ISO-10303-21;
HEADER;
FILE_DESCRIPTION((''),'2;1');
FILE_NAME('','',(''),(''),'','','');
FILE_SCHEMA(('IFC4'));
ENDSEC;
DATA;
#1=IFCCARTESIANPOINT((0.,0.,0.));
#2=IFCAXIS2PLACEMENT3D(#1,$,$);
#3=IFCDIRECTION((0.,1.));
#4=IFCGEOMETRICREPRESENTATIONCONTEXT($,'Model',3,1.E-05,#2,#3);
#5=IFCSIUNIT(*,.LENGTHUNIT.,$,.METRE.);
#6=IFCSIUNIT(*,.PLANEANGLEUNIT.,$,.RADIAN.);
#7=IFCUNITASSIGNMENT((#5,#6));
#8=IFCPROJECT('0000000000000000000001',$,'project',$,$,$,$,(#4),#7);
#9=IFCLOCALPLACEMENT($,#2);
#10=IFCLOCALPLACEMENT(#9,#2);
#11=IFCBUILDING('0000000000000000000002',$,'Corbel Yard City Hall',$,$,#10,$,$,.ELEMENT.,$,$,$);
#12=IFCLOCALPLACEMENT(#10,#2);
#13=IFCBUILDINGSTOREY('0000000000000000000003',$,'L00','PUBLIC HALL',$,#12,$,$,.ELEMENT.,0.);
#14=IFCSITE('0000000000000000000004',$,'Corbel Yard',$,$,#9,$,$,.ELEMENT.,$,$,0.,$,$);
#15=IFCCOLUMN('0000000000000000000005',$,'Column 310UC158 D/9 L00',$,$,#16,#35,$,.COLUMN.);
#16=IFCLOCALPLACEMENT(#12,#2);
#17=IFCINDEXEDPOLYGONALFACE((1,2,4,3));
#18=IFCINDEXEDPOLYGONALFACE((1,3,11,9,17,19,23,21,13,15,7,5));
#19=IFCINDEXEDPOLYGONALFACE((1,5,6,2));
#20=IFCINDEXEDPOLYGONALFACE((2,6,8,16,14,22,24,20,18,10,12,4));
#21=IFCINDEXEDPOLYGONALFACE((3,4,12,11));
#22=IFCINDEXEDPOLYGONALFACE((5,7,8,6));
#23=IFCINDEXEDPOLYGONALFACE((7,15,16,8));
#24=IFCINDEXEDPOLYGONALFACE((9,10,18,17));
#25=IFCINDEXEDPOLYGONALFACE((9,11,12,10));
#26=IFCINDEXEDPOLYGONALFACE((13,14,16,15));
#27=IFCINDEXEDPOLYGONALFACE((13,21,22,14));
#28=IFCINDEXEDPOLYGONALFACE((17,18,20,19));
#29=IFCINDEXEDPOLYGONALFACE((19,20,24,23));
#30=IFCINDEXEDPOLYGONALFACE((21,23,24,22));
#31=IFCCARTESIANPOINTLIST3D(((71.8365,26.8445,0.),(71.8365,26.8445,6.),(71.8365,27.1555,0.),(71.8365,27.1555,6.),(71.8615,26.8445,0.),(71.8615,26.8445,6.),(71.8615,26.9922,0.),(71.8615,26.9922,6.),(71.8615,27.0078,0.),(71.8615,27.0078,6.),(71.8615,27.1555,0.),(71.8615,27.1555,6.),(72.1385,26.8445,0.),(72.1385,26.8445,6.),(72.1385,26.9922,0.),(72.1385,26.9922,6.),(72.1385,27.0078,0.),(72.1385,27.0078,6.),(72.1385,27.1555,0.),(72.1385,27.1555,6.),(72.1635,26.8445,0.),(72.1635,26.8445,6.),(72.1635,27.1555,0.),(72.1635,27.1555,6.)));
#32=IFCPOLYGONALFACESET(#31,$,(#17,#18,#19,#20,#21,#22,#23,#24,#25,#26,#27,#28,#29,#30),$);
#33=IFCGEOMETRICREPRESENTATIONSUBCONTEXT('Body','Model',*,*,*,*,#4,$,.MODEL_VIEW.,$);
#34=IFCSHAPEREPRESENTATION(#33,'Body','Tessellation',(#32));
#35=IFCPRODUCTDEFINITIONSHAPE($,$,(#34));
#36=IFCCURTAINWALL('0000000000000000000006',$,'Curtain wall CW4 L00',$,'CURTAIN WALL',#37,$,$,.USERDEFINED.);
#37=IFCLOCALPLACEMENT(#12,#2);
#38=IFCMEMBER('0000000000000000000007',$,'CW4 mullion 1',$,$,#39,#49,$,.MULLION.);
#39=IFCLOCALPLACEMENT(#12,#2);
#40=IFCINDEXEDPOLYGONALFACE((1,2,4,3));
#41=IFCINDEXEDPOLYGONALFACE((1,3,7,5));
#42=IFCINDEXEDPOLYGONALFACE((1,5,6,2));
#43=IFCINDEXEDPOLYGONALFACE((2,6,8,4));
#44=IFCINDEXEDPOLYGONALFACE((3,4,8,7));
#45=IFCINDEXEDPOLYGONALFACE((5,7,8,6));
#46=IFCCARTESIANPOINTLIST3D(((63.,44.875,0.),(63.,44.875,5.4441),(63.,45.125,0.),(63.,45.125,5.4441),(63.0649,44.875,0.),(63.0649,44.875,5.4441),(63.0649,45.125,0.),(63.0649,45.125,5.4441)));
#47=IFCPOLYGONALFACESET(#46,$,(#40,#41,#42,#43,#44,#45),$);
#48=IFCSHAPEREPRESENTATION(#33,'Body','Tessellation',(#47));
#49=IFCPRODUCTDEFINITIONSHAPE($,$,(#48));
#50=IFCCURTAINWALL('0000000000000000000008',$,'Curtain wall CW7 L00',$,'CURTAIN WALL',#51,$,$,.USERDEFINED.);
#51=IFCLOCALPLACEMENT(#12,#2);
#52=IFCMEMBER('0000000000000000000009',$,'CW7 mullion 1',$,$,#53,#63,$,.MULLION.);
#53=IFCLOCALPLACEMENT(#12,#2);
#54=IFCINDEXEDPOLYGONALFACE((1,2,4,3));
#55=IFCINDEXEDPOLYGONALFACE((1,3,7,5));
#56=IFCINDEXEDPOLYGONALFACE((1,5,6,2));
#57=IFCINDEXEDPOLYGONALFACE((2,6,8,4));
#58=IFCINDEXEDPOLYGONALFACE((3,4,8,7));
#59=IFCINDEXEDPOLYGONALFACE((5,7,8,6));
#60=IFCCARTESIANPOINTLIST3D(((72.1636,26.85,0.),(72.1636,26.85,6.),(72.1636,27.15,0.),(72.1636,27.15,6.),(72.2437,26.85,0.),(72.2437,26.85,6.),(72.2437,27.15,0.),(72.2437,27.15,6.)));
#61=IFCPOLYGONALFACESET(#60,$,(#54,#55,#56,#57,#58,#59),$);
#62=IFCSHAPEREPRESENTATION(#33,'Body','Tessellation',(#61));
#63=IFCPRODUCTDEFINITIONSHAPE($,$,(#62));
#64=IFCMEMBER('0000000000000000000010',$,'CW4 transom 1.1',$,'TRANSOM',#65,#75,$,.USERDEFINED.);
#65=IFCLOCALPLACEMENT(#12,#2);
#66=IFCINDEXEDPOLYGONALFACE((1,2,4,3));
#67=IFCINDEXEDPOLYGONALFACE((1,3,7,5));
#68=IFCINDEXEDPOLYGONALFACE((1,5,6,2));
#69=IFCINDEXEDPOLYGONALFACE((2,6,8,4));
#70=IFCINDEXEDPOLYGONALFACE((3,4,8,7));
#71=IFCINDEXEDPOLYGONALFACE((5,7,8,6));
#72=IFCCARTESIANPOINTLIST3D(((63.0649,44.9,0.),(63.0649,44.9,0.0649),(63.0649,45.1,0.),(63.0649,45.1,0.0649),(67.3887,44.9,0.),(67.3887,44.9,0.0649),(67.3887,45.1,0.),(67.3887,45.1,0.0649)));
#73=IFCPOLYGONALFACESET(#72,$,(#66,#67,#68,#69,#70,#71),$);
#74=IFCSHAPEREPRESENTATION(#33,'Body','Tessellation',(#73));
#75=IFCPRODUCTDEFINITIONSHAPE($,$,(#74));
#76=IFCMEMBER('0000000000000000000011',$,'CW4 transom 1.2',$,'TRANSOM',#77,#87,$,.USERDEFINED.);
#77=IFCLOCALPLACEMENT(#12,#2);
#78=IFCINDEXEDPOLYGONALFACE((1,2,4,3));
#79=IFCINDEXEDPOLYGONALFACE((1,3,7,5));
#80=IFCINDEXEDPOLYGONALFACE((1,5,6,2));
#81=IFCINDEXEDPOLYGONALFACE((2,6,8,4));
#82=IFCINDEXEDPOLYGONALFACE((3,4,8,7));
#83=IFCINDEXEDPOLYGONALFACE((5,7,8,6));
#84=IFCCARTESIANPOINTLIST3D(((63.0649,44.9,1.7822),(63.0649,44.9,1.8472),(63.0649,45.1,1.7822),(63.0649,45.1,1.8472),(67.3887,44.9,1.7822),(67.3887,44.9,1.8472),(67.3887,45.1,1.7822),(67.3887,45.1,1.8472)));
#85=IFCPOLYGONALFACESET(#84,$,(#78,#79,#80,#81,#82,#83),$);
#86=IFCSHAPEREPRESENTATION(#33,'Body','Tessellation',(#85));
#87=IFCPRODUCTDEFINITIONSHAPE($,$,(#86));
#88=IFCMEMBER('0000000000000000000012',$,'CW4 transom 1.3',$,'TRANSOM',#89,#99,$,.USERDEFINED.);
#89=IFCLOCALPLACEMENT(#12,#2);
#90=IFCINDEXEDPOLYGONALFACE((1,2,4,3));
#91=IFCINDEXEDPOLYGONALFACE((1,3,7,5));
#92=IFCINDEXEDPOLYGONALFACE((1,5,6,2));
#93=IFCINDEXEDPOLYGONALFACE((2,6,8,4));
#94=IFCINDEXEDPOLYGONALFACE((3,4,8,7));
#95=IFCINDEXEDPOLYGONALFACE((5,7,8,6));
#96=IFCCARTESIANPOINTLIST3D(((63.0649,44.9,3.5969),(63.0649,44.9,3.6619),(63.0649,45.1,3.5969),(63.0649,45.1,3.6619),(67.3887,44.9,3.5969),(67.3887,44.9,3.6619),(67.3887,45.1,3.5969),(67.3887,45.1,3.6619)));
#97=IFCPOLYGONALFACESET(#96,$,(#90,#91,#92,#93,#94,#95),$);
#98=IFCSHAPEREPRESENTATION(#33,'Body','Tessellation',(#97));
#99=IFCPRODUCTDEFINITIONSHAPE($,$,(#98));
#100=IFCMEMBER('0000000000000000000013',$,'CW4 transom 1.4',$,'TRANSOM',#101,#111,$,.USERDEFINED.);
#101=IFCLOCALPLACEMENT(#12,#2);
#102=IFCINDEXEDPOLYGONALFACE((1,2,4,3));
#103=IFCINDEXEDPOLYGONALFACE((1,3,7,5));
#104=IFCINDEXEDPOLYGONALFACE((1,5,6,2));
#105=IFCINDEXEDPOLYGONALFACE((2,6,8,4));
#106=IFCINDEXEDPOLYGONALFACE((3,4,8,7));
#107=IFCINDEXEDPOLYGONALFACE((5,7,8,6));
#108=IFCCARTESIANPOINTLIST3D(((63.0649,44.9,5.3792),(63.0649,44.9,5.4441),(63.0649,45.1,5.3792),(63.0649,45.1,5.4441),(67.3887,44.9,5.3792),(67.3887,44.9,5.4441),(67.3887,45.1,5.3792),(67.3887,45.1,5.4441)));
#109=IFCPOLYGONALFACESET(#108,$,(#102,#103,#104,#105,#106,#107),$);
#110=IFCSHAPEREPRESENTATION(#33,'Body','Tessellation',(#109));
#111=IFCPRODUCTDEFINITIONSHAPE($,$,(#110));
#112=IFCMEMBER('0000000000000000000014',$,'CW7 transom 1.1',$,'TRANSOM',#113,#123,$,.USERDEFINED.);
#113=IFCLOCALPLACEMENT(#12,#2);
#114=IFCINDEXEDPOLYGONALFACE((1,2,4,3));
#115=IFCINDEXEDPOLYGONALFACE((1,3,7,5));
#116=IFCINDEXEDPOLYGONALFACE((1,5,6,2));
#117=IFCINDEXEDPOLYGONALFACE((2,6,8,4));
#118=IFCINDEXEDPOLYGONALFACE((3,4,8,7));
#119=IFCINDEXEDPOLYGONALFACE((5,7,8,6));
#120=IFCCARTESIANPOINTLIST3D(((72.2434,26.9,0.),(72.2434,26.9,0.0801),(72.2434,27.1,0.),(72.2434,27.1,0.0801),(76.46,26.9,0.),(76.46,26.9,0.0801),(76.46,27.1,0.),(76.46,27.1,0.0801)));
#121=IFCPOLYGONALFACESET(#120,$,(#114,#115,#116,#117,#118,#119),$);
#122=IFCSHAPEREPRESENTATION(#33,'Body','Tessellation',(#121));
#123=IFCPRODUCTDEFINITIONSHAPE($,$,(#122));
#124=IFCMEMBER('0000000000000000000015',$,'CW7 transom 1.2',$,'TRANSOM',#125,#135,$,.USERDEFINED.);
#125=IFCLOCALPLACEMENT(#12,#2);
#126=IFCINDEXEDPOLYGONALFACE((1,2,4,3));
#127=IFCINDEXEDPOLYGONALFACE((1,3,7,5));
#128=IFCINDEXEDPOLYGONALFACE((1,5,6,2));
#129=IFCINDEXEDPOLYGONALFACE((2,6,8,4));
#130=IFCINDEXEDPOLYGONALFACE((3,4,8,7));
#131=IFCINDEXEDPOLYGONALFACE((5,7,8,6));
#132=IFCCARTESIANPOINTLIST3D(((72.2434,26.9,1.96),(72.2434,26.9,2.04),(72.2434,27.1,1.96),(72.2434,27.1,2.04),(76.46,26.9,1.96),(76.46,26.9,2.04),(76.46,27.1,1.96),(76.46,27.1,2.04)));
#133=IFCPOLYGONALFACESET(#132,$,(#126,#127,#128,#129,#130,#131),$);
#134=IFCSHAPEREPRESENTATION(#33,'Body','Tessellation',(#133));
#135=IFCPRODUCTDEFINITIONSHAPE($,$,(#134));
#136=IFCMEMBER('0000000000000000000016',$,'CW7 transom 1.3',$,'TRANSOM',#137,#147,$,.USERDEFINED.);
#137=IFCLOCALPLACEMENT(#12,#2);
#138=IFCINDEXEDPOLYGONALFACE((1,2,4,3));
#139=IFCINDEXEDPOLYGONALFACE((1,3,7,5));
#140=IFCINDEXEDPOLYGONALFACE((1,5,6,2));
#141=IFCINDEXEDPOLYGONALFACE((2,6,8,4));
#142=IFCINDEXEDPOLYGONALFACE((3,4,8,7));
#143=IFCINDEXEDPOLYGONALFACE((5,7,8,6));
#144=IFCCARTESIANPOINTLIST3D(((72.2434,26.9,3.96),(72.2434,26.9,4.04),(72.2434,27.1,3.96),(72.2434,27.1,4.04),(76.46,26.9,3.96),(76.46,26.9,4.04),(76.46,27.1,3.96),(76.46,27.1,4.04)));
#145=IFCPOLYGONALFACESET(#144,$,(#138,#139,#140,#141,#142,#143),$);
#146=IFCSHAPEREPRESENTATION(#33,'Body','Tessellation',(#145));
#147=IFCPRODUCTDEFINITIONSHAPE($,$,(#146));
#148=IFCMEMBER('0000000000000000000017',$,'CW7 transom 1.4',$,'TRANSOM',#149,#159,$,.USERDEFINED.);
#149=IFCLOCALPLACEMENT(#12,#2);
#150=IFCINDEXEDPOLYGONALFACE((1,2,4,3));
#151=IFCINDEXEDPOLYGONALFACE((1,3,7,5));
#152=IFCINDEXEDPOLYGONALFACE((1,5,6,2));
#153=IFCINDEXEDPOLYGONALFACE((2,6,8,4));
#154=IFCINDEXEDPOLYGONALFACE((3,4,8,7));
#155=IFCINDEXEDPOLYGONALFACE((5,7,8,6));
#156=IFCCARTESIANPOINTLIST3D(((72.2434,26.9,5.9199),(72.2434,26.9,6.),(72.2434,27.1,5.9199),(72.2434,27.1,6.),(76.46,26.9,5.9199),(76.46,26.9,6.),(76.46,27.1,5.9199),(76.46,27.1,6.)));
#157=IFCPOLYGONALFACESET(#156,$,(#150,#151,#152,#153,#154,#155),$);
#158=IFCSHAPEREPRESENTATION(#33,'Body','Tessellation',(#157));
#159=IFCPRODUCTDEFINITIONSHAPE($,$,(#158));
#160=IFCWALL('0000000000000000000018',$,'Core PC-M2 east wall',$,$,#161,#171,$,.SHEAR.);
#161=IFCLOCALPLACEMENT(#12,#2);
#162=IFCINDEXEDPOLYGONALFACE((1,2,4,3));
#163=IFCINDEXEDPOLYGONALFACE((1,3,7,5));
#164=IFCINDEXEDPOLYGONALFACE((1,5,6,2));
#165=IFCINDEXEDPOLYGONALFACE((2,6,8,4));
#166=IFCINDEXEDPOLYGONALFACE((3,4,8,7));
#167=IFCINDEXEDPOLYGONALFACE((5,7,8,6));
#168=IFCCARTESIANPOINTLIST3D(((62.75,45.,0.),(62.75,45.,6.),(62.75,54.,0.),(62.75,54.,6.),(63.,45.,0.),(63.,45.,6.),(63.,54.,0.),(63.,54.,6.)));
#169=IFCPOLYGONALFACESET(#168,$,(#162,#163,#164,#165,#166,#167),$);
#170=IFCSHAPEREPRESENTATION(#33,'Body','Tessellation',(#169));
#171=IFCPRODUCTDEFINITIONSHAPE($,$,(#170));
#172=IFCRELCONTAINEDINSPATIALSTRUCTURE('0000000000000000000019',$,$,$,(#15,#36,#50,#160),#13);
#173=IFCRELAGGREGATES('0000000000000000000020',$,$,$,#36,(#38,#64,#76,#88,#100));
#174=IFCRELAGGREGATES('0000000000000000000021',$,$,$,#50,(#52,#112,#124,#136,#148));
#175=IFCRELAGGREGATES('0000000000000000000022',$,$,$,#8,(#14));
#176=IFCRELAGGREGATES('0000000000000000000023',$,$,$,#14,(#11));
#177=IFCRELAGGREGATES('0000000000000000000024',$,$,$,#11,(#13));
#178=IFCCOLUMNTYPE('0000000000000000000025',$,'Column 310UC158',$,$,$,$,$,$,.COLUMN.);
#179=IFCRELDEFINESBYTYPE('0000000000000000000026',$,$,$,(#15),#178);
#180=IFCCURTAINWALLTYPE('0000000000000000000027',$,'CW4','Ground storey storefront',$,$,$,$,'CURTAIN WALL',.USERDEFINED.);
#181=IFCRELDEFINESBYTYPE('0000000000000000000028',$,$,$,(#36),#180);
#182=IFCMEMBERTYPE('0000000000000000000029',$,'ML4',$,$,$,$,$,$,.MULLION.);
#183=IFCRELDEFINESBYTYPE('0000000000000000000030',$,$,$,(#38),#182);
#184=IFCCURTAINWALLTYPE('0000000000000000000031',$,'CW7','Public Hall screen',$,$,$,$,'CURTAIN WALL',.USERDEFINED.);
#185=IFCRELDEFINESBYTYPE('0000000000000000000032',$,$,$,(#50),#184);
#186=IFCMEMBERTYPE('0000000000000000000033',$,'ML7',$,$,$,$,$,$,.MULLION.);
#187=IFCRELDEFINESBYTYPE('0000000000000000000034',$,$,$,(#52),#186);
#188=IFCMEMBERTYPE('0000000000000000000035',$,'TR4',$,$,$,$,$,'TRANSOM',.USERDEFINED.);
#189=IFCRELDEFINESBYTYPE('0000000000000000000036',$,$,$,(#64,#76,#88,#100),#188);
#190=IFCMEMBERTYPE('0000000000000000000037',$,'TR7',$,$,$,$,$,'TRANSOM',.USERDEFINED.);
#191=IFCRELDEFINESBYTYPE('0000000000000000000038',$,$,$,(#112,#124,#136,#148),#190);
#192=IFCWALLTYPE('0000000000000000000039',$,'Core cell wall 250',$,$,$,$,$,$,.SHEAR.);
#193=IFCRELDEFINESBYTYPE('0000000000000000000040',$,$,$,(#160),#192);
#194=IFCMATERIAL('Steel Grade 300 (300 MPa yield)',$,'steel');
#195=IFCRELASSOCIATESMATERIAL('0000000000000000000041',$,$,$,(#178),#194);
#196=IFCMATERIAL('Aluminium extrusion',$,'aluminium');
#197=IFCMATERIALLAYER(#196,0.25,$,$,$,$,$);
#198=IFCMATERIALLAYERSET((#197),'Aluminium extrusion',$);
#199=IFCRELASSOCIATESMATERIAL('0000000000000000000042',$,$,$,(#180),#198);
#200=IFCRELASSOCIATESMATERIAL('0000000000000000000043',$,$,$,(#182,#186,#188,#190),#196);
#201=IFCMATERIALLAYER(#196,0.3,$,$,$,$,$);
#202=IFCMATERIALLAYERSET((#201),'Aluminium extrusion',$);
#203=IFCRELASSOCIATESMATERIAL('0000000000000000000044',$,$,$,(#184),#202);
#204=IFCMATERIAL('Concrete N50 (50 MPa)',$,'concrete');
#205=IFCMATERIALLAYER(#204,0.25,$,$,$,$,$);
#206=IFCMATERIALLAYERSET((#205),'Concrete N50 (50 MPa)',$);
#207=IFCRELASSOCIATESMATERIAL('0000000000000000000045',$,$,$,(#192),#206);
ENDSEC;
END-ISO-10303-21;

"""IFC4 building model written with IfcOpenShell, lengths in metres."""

from ifc_helpers import new_model, si_unit, direction, frame, frame_2d, origin, origin_2d, place, context, subcontext, project, spatial, rectangle, i_section, extrude, material, layer, layer_set, material_profile, profile_set, type_object, element, aggregate, save


model = new_model("IFC4")

# Units and contexts
model_context = context("Model", 3, precision=1e-05, world=origin(), true_north=direction((0.0, 1.0)))
body_context = subcontext(model_context, "Body", "Model", "MODEL_VIEW")
ifc_project = project(units=[si_unit("LENGTHUNIT", "METRE"), si_unit("PLANEANGLEUNIT", "RADIAN")], contexts=[model_context])

# Site, building, storey
site_placement = place(None, origin())
site = spatial("IfcSite", under=ifc_project, at=site_placement, Name="Corbel Yard", CompositionType="ELEMENT", RefElevation=0.0)
building_placement = place(site_placement, origin())
building = spatial("IfcBuilding", under=site, at=building_placement, Name="Corbel Yard City Hall", CompositionType="ELEMENT")
storey_placement = place(building_placement, origin())
storey = spatial("IfcBuildingStorey", under=building, at=storey_placement, Name="L00", Description="PUBLIC HALL", CompositionType="ELEMENT", Elevation=0.0)

# Column
ifc_material_1 = material(Name="Steel Grade 300 (300 MPa yield)", Category="steel")
ifc_material_profile_1 = material_profile(ifc_material_1, i_section(OverallWidth=0.311, OverallDepth=0.3269, WebThickness=0.0156, FlangeThickness=0.0249, at=origin_2d()), Name="310UC158")
ifc_profile_set_1 = profile_set([ifc_material_profile_1], Name="Steel Grade 300 (300 MPa yield)")
column_type = type_object("IfcColumnType", Name="Column 310UC158", PredefinedType="COLUMN", material=ifc_profile_set_1)
for number, where, z_axis, x_axis, name in (
    (1, (72.0, 27.0, 0.0), (0.0, 0.0, 1.0), (0.0, 1.0, 0.0), "Column 310UC158 D/9 L00"),
):
    element("IfcColumn", number, at=place(storey_placement, frame(where, z_axis=z_axis, x_axis=x_axis)), inside=storey, type_object=column_type, Name=name, PredefinedType="COLUMN", context=body_context, shape_type="SweptSolid", body=[
        extrude(i_section(OverallWidth=0.311, OverallDepth=0.3269, WebThickness=0.0156, FlangeThickness=0.0249, at=origin_2d()), origin(), (0.0, 0.0, 1.0), 6.0),
    ])

# Curtain walls, members
ifc_material_2 = material(Name="Aluminium extrusion", Category="aluminium")
ifc_layer_1 = layer(ifc_material_2, 0.25)
ifc_layer_set_1 = layer_set([ifc_layer_1], Name="Aluminium extrusion")
curtain_wall_type_1 = type_object("IfcCurtainWallType", Name="CW4", Description="Ground storey storefront", ElementType="CURTAIN WALL", PredefinedType="USERDEFINED", material=ifc_layer_set_1)
curtain_wall_1_placement = place(storey_placement, origin())
curtain_wall_1 = element("IfcCurtainWall", 2, at=curtain_wall_1_placement, inside=storey, type_object=curtain_wall_type_1, Name="Curtain wall CW4 L00", ObjectType="CURTAIN WALL", PredefinedType="USERDEFINED")
ifc_material_profile_2 = material_profile(ifc_material_2, rectangle(XDim=0.25, YDim=0.0649, at=origin_2d()), Name="250x65")
ifc_profile_set_2 = profile_set([ifc_material_profile_2], Name="Aluminium extrusion")
member_type_1 = type_object("IfcMemberType", Name="ML4", PredefinedType="MULLION", material=ifc_profile_set_2)
member_1_placement = place(storey_placement, frame((63.0325, 45.0, 0.0), z_axis=(0.0, 0.0, 1.0), x_axis=(0.0, 1.0, 0.0)))
member_1 = element("IfcMember", 3, at=member_1_placement, type_object=member_type_1, Name="CW4 mullion 1", PredefinedType="MULLION", context=body_context, shape_type="SweptSolid", body=[
    extrude(rectangle(XDim=0.25, YDim=0.0649, at=origin_2d()), origin(), (0.0, 0.0, 1.0), 5.4441),
])
ifc_layer_2 = layer(ifc_material_2, 0.3)
ifc_layer_set_2 = layer_set([ifc_layer_2], Name="Aluminium extrusion")
curtain_wall_type_2 = type_object("IfcCurtainWallType", Name="CW7", Description="Public Hall screen", ElementType="CURTAIN WALL", PredefinedType="USERDEFINED", material=ifc_layer_set_2)
curtain_wall_2_placement = place(storey_placement, origin())
curtain_wall_2 = element("IfcCurtainWall", 4, at=curtain_wall_2_placement, inside=storey, type_object=curtain_wall_type_2, Name="Curtain wall CW7 L00", ObjectType="CURTAIN WALL", PredefinedType="USERDEFINED")
ifc_material_profile_3 = material_profile(ifc_material_2, rectangle(XDim=0.3, YDim=0.0801, at=origin_2d()), Name="300x80")
ifc_profile_set_3 = profile_set([ifc_material_profile_3], Name="Aluminium extrusion")
member_type_2 = type_object("IfcMemberType", Name="ML7", PredefinedType="MULLION", material=ifc_profile_set_3)
member_2_placement = place(storey_placement, frame((72.2036, 27.0, 0.0), z_axis=(0.0, 0.0, 1.0), x_axis=(0.0, 1.0, 0.0)))
member_2 = element("IfcMember", 5, at=member_2_placement, type_object=member_type_2, Name="CW7 mullion 1", PredefinedType="MULLION", context=body_context, shape_type="SweptSolid", body=[
    extrude(rectangle(XDim=0.3, YDim=0.0801, at=origin_2d()), origin(), (0.0, 0.0, 1.0), 6.0),
])

# Members
ifc_material_profile_4 = material_profile(ifc_material_2, rectangle(XDim=0.2, YDim=0.0649, at=origin_2d()), Name="200x65")
ifc_profile_set_4 = profile_set([ifc_material_profile_4], Name="Aluminium extrusion")
member_type_3 = type_object("IfcMemberType", Name="TR4", ElementType="TRANSOM", PredefinedType="USERDEFINED", material=ifc_profile_set_4)
member_3_placement = place(storey_placement, frame((63.0649, 45.0, 0.0325), z_axis=(1.0, 0.0, 0.0), x_axis=(0.0, 1.0, 0.0)))
member_3 = element("IfcMember", 6, at=member_3_placement, type_object=member_type_3, Name="CW4 transom 1.1", ObjectType="TRANSOM", PredefinedType="USERDEFINED", context=body_context, shape_type="SweptSolid", body=[
    extrude(rectangle(XDim=0.2, YDim=0.0649, at=origin_2d()), origin(), (0.0, 0.0, 1.0), 4.3237),
])
member_4_placement = place(storey_placement, frame((63.0649, 45.0, 1.8147), z_axis=(1.0, 0.0, 0.0), x_axis=(0.0, 1.0, 0.0)))
member_4 = element("IfcMember", 7, at=member_4_placement, type_object=member_type_3, Name="CW4 transom 1.2", ObjectType="TRANSOM", PredefinedType="USERDEFINED", context=body_context, shape_type="SweptSolid", body=[
    extrude(rectangle(XDim=0.2, YDim=0.0649, at=origin_2d()), origin(), (0.0, 0.0, 1.0), 4.3237),
])
member_5_placement = place(storey_placement, frame((63.0649, 45.0, 3.6294), z_axis=(1.0, 0.0, 0.0), x_axis=(0.0, 1.0, 0.0)))
member_5 = element("IfcMember", 8, at=member_5_placement, type_object=member_type_3, Name="CW4 transom 1.3", ObjectType="TRANSOM", PredefinedType="USERDEFINED", context=body_context, shape_type="SweptSolid", body=[
    extrude(rectangle(XDim=0.2, YDim=0.0649, at=origin_2d()), origin(), (0.0, 0.0, 1.0), 4.3237),
])
member_6_placement = place(storey_placement, frame((63.0649, 45.0, 5.4116), z_axis=(1.0, 0.0, 0.0), x_axis=(0.0, 1.0, 0.0)))
member_6 = element("IfcMember", 9, at=member_6_placement, type_object=member_type_3, Name="CW4 transom 1.4", ObjectType="TRANSOM", PredefinedType="USERDEFINED", context=body_context, shape_type="SweptSolid", body=[
    extrude(rectangle(XDim=0.2, YDim=0.0649, at=origin_2d()), origin(), (0.0, 0.0, 1.0), 4.3237),
])
aggregate(curtain_wall_1, [member_1, member_3, member_4, member_5, member_6])
ifc_material_profile_5 = material_profile(ifc_material_2, rectangle(XDim=0.2, YDim=0.0801, at=origin_2d()), Name="200x80")
ifc_profile_set_5 = profile_set([ifc_material_profile_5], Name="Aluminium extrusion")
member_type_4 = type_object("IfcMemberType", Name="TR7", ElementType="TRANSOM", PredefinedType="USERDEFINED", material=ifc_profile_set_5)
member_7_placement = place(storey_placement, frame((72.2434, 27.0, 0.04), z_axis=(1.0, 0.0, 0.0), x_axis=(0.0, 1.0, 0.0)))
member_7 = element("IfcMember", 10, at=member_7_placement, type_object=member_type_4, Name="CW7 transom 1.1", ObjectType="TRANSOM", PredefinedType="USERDEFINED", context=body_context, shape_type="SweptSolid", body=[
    extrude(rectangle(XDim=0.2, YDim=0.0801, at=origin_2d()), origin(), (0.0, 0.0, 1.0), 4.2166),
])
member_8_placement = place(storey_placement, frame((72.2434, 27.0, 2.0), z_axis=(1.0, 0.0, 0.0), x_axis=(0.0, 1.0, 0.0)))
member_8 = element("IfcMember", 11, at=member_8_placement, type_object=member_type_4, Name="CW7 transom 1.2", ObjectType="TRANSOM", PredefinedType="USERDEFINED", context=body_context, shape_type="SweptSolid", body=[
    extrude(rectangle(XDim=0.2, YDim=0.0801, at=origin_2d()), origin(), (0.0, 0.0, 1.0), 4.2166),
])
member_9_placement = place(storey_placement, frame((72.2434, 27.0, 4.0), z_axis=(1.0, 0.0, 0.0), x_axis=(0.0, 1.0, 0.0)))
member_9 = element("IfcMember", 12, at=member_9_placement, type_object=member_type_4, Name="CW7 transom 1.3", ObjectType="TRANSOM", PredefinedType="USERDEFINED", context=body_context, shape_type="SweptSolid", body=[
    extrude(rectangle(XDim=0.2, YDim=0.0801, at=origin_2d()), origin(), (0.0, 0.0, 1.0), 4.2166),
])
member_10_placement = place(storey_placement, frame((72.2434, 27.0, 5.96), z_axis=(1.0, 0.0, 0.0), x_axis=(0.0, 1.0, 0.0)))
member_10 = element("IfcMember", 13, at=member_10_placement, type_object=member_type_4, Name="CW7 transom 1.4", ObjectType="TRANSOM", PredefinedType="USERDEFINED", context=body_context, shape_type="SweptSolid", body=[
    extrude(rectangle(XDim=0.2, YDim=0.0801, at=origin_2d()), origin(), (0.0, 0.0, 1.0), 4.2166),
])
aggregate(curtain_wall_2, [member_2, member_7, member_8, member_9, member_10])

# Wall
ifc_material_3 = material(Name="Concrete N50 (50 MPa)", Category="concrete")
ifc_layer_3 = layer(ifc_material_3, 0.25)
ifc_layer_set_3 = layer_set([ifc_layer_3], Name="Concrete N50 (50 MPa)")
wall_type_1 = type_object("IfcWallType", Name="Core cell wall 250", PredefinedType="SHEAR", material=ifc_layer_set_3)
wall_1_placement = place(storey_placement, frame((62.875, 45.0, 0.0), z_axis=(0.0, 0.0, 1.0), x_axis=(0.0, 1.0, 0.0)))
element("IfcWall", 14, at=wall_1_placement, inside=storey, type_object=wall_type_1, Name="Core PC-M2 east wall", PredefinedType="SHEAR", context=body_context, shape_type="SweptSolid", body=[
    extrude(rectangle(XDim=9.0, YDim=0.25, at=frame_2d((4.5, 0.0))), origin(), (0.0, 0.0, 1.0), 6.0),
])

save(model, "model.ifc")
